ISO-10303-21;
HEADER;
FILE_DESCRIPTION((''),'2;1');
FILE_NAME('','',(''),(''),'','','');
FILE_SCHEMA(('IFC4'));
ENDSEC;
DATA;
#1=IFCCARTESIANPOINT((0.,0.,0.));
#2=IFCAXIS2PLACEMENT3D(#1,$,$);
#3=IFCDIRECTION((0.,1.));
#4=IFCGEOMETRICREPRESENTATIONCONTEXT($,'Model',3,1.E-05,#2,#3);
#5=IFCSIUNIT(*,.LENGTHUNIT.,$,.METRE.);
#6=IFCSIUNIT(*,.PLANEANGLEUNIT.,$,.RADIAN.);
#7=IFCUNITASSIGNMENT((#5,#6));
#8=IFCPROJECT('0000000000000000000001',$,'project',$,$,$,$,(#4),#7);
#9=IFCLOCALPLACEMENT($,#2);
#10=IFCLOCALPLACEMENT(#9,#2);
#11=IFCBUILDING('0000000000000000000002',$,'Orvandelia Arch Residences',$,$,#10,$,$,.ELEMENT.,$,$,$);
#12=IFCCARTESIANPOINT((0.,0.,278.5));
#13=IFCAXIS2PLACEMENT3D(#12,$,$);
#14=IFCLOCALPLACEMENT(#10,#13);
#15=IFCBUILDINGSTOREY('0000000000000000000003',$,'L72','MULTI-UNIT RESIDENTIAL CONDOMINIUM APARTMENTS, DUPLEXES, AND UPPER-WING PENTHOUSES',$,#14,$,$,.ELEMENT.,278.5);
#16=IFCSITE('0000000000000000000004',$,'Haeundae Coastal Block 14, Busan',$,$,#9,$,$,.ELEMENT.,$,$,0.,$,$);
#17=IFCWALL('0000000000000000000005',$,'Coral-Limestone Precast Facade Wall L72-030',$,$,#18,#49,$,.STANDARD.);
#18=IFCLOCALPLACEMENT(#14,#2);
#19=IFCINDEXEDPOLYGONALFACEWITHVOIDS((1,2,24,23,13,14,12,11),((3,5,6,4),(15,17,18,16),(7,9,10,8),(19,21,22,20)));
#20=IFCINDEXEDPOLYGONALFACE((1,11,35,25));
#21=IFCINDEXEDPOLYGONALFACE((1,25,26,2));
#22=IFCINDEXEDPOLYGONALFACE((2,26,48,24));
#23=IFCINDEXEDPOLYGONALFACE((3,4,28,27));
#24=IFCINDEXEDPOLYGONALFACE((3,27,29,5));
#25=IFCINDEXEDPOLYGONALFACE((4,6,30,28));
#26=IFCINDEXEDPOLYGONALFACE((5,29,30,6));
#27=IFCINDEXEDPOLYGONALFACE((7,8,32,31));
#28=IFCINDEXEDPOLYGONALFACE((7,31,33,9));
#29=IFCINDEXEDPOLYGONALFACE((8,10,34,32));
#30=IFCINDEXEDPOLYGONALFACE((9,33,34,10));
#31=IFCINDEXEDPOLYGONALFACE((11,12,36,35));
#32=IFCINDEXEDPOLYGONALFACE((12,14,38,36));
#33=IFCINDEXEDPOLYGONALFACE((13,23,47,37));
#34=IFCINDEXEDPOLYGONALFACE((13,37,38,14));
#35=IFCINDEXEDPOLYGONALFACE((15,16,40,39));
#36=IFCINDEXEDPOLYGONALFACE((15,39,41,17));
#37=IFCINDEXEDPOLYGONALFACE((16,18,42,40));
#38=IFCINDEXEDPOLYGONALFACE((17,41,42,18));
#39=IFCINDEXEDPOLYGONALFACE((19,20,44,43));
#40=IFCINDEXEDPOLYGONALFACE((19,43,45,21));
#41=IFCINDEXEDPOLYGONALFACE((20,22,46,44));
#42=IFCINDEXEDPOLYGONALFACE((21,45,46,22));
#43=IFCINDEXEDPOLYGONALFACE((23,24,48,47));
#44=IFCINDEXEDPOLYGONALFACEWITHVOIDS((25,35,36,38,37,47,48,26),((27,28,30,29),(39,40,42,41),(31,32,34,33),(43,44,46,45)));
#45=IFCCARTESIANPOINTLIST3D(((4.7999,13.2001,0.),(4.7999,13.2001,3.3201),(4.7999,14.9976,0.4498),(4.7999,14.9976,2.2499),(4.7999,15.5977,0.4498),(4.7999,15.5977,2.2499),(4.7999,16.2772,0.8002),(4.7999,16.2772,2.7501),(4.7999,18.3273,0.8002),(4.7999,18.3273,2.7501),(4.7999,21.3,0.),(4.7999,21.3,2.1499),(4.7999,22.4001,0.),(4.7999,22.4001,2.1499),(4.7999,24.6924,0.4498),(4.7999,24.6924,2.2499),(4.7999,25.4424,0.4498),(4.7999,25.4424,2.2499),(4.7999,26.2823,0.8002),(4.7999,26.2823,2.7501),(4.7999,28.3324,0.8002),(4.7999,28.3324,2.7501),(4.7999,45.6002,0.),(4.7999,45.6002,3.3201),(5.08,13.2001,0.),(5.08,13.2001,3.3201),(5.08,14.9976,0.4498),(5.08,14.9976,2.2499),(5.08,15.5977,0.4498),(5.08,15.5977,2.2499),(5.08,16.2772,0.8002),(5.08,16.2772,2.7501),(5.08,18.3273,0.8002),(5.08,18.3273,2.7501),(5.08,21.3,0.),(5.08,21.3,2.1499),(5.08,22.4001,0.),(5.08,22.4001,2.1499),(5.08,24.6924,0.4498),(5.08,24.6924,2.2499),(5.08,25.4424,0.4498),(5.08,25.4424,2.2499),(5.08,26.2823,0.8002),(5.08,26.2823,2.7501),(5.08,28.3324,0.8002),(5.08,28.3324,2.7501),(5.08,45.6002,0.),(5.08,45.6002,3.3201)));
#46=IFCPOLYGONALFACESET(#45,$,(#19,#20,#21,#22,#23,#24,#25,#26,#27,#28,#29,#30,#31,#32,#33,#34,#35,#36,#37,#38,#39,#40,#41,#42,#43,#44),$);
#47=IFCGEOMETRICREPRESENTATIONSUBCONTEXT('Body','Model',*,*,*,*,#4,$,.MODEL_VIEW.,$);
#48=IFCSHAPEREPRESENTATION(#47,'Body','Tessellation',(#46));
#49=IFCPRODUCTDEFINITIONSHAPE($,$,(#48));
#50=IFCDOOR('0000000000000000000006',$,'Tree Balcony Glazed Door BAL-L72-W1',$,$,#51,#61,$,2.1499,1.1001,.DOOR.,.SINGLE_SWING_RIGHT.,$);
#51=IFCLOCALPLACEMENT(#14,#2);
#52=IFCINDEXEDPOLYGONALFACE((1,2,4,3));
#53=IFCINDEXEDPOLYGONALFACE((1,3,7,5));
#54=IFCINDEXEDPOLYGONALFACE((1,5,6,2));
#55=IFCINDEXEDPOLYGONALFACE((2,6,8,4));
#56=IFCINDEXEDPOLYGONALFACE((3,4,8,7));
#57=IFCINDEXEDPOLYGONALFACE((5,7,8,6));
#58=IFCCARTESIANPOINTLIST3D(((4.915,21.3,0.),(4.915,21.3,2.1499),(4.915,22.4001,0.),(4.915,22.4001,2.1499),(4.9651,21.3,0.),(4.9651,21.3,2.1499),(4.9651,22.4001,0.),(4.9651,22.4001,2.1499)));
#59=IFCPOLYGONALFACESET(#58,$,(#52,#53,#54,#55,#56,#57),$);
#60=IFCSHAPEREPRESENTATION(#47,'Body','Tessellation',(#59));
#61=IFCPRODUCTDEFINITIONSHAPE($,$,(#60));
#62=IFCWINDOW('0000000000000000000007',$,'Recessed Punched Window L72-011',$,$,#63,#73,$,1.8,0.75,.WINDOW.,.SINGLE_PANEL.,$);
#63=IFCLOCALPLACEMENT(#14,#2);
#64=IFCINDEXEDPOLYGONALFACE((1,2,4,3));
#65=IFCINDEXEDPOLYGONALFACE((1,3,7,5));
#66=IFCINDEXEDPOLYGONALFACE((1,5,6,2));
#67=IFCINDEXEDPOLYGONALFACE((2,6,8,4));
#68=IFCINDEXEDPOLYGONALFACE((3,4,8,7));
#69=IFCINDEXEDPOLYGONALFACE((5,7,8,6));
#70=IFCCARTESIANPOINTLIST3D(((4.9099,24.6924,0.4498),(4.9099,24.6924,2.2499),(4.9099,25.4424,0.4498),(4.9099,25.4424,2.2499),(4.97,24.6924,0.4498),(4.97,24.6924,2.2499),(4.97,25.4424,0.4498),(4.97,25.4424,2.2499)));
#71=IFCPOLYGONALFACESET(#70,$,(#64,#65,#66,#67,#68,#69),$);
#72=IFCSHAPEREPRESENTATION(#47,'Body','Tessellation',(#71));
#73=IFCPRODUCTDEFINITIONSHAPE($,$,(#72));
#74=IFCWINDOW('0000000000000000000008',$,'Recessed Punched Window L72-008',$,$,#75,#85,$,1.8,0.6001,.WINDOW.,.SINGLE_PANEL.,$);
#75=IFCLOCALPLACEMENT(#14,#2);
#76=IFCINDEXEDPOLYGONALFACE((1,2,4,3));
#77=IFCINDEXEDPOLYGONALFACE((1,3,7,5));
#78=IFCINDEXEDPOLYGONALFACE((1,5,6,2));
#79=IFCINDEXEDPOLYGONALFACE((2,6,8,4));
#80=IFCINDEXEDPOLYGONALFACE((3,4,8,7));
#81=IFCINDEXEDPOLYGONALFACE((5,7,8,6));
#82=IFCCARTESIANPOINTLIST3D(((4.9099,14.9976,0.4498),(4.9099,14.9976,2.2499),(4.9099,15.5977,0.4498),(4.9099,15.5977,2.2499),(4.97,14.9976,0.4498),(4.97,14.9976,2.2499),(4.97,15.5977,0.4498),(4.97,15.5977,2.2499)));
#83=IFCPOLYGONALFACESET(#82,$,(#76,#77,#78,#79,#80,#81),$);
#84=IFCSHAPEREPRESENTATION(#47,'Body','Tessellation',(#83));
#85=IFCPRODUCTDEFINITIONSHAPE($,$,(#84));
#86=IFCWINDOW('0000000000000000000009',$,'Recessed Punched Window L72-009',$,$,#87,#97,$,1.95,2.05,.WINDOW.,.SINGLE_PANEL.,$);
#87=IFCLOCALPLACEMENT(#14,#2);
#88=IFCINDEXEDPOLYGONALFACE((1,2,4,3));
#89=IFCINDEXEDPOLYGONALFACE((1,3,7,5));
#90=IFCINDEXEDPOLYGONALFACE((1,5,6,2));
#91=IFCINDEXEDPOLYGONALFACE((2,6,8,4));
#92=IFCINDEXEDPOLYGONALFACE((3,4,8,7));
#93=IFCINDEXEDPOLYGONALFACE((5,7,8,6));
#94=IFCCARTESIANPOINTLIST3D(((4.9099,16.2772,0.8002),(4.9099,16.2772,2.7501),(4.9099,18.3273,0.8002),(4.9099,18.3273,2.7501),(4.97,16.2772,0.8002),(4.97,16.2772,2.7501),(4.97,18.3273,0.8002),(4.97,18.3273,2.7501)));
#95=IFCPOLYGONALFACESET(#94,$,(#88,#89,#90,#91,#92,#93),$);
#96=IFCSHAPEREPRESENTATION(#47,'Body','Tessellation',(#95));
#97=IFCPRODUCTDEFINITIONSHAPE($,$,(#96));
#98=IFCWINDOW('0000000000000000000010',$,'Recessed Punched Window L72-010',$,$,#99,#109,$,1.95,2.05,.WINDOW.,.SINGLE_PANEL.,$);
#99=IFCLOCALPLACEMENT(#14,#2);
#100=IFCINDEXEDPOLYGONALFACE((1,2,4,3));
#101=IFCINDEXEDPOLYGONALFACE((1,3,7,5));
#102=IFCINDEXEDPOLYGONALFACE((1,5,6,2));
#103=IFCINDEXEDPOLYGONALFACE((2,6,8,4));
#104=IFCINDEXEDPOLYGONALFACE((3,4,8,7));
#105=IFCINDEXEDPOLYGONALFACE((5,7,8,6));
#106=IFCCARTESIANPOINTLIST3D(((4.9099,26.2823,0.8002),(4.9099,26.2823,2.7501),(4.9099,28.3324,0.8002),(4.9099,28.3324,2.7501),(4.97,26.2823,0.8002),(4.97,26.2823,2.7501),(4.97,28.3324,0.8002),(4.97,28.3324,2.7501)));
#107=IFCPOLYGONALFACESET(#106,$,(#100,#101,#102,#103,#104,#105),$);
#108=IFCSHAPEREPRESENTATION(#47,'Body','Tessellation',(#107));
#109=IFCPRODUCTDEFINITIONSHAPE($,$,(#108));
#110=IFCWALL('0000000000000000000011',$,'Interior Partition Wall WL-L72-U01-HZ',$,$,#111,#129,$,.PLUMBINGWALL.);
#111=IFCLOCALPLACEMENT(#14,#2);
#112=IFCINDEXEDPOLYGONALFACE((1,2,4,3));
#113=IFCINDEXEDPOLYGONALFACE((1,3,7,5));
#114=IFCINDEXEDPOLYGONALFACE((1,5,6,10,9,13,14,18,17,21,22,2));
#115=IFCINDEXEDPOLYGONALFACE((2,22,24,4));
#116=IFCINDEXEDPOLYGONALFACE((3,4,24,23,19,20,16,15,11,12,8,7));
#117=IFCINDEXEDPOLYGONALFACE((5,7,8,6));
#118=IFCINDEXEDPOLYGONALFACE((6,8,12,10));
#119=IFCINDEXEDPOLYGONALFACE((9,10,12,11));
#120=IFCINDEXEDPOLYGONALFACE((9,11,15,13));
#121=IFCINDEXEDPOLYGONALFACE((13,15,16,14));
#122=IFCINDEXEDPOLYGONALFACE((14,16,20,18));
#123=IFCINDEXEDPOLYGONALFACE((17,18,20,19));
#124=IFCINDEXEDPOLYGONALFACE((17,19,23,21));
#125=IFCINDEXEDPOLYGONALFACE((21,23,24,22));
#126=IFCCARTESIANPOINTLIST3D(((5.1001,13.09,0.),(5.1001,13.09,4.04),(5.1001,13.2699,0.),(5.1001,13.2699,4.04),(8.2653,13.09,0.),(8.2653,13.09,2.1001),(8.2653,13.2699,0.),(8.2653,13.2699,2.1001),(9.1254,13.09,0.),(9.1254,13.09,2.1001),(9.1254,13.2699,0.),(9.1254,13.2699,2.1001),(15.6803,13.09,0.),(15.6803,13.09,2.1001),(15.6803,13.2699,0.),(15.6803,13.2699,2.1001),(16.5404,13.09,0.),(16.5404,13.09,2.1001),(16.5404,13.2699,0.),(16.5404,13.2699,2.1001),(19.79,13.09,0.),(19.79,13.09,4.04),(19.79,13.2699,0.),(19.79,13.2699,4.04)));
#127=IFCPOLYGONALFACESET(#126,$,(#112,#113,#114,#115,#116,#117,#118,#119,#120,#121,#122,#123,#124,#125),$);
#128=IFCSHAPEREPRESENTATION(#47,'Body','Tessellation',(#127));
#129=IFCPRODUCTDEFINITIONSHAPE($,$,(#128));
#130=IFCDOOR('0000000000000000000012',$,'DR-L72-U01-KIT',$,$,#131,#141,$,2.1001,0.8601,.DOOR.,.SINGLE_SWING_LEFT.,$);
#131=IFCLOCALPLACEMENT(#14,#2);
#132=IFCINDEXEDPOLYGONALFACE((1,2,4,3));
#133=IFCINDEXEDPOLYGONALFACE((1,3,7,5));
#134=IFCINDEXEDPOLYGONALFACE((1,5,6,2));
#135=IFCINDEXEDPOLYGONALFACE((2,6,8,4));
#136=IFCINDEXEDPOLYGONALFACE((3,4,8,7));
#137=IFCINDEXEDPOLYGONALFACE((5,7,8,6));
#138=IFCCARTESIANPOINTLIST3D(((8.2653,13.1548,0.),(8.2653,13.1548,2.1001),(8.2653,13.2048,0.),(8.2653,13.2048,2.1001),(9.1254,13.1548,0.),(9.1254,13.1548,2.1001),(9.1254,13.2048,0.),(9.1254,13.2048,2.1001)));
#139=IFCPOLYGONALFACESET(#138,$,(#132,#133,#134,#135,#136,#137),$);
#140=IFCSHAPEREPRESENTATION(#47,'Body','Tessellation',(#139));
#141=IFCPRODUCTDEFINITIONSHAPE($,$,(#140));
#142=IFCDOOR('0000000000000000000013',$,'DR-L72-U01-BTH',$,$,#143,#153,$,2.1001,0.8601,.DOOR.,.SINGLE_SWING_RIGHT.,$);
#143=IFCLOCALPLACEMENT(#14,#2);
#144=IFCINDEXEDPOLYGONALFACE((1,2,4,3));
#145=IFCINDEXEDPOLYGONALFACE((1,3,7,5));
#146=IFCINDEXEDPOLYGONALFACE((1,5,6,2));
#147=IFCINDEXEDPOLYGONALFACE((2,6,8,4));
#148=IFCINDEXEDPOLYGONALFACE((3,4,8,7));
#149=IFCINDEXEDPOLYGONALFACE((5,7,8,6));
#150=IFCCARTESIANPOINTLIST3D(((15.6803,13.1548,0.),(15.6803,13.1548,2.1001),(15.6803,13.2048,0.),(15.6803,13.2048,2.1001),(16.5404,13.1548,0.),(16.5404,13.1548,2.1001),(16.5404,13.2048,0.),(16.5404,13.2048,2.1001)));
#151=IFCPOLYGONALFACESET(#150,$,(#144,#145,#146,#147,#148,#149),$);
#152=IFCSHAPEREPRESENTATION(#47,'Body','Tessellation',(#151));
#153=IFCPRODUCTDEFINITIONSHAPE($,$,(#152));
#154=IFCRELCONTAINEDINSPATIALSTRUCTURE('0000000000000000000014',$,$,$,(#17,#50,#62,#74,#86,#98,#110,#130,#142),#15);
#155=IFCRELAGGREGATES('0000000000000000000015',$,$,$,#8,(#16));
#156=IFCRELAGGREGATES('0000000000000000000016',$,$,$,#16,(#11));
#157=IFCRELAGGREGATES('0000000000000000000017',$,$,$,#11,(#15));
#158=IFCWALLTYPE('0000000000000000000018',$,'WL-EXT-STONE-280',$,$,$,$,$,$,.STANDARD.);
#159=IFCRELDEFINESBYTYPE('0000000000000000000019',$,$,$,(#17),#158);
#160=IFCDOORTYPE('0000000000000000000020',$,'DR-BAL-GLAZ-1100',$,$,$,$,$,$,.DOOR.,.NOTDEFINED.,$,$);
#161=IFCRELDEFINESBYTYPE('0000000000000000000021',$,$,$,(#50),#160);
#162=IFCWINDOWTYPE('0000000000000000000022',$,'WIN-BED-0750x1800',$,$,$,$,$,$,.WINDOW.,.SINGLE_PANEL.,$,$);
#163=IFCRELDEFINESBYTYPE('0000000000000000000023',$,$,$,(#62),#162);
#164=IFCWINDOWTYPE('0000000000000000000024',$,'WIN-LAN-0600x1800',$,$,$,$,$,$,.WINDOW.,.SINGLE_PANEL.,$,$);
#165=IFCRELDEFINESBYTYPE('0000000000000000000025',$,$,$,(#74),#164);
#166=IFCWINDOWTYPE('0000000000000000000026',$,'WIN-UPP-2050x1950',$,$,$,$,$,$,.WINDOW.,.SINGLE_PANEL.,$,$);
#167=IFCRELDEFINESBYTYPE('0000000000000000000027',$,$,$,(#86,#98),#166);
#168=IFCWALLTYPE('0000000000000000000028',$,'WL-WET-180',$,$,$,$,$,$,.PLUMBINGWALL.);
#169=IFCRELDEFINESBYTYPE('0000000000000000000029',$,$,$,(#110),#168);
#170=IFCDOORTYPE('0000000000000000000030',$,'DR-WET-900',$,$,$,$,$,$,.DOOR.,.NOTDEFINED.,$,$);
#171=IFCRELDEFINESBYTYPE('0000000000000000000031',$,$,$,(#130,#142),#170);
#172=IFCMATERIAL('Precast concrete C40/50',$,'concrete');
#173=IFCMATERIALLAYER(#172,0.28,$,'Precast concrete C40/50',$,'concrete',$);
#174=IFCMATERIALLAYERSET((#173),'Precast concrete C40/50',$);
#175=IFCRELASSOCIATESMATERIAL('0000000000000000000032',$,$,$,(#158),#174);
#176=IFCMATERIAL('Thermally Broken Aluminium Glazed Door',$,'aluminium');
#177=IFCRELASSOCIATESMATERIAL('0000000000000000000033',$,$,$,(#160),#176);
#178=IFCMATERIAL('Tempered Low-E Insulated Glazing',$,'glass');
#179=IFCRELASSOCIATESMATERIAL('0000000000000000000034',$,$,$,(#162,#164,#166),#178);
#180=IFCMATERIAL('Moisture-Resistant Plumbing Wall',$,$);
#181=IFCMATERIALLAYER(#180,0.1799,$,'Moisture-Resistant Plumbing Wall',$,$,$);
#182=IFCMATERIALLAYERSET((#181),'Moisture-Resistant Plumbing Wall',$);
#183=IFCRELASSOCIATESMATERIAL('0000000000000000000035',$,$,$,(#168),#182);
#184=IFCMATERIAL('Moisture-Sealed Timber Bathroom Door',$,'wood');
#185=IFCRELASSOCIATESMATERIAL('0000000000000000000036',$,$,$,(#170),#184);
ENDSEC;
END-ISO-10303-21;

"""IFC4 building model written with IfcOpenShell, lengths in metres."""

from ifc_helpers import new_model, si_unit, direction, frame, frame_2d, origin, place, context, subcontext, project, spatial, rectangle, extrude, material, layer, layer_set, type_object, element, fill, save


model = new_model("IFC4")

# Units and contexts
model_context = context("Model", 3, precision=1e-05, world=origin(), true_north=direction((0.0, 1.0)))
body_context = subcontext(model_context, "Body", "Model", "MODEL_VIEW")
ifc_project = project(units=[si_unit("LENGTHUNIT", "METRE"), si_unit("PLANEANGLEUNIT", "RADIAN")], contexts=[model_context])

# Site, building, storey
site_placement = place(None, origin())
site = spatial("IfcSite", under=ifc_project, at=site_placement, Name="Haeundae Coastal Block 14, Busan", CompositionType="ELEMENT", RefElevation=0.0)
building_placement = place(site_placement, origin())
building = spatial("IfcBuilding", under=site, at=building_placement, Name="Orvandelia Arch Residences", CompositionType="ELEMENT")
storey_placement = place(building_placement, frame((0.0, 0.0, 278.5)))
storey = spatial("IfcBuildingStorey", under=building, at=storey_placement, Name="L72", Description="MULTI-UNIT RESIDENTIAL CONDOMINIUM APARTMENTS, DUPLEXES, AND UPPER-WING PENTHOUSES", CompositionType="ELEMENT", Elevation=278.5)

# Shared definitions
ifc_material_1 = material(Name="Precast concrete C40/50", Category="concrete")
ifc_layer_1 = layer(ifc_material_1, 0.28, Name="Precast concrete C40/50", Category="concrete")
ifc_layer_set_1 = layer_set([ifc_layer_1], Name="Precast concrete C40/50")
wall_type_1 = type_object("IfcWallType", Name="WL-EXT-STONE-280", PredefinedType="STANDARD", material=ifc_layer_set_1)

# Wall, openings, door, windows
wall_1_placement = place(storey_placement, frame((4.9399, 13.2, 0.0), z_axis=(0.0, 0.0, 1.0), x_axis=(0.0, 1.0, 0.0)))
wall_1 = element("IfcWall", 1, at=wall_1_placement, inside=storey, type_object=wall_type_1, Name="Coral-Limestone Precast Facade Wall L72-030", PredefinedType="STANDARD", context=body_context, shape_type="SweptSolid", body=[
    extrude(rectangle(XDim=32.4001, YDim=0.28, at=frame_2d((16.2002, 0.0))), origin(), (0.0, 0.0, 1.0), 3.3201),
])
opening_1_placement = place(wall_1_placement, frame((8.1001, 0.0, 0.0)))
opening_1 = element("IfcOpeningElement", 2, at=opening_1_placement, cuts=wall_1, PredefinedType="OPENING", context=body_context, shape_type="SweptSolid", body=[
    extrude(rectangle(XDim=1.1001, YDim=2.1499, at=frame_2d((0.55, 1.075))), frame((0.0, 0.1499, 0.0), z_axis=(0.0, -1.0, 0.0), x_axis=(1.0, 0.0, 0.0)), (0.0, 0.0, 1.0), 0.3),
])
opening_2_placement = place(wall_1_placement, frame((1.7976, 0.0, 0.45)))
opening_2 = element("IfcOpeningElement", 3, at=opening_2_placement, cuts=wall_1, PredefinedType="OPENING", context=body_context, shape_type="SweptSolid", body=[
    extrude(rectangle(XDim=0.6001, YDim=1.8, at=frame_2d((0.3, 0.8999))), frame((0.0, 0.1499, 0.0), z_axis=(0.0, -1.0, 0.0), x_axis=(1.0, 0.0, 0.0)), (0.0, 0.0, 1.0), 0.3),
])
opening_3_placement = place(wall_1_placement, frame((3.0774, 0.0, 0.8)))
opening_3 = element("IfcOpeningElement", 4, at=opening_3_placement, cuts=wall_1, PredefinedType="OPENING", context=body_context, shape_type="SweptSolid", body=[
    extrude(rectangle(XDim=2.05, YDim=1.95, at=frame_2d((1.0249, 0.9751))), frame((0.0, 0.1499, 0.0), z_axis=(0.0, -1.0, 0.0), x_axis=(1.0, 0.0, 0.0)), (0.0, 0.0, 1.0), 0.3),
])
opening_4_placement = place(wall_1_placement, frame((13.0825, 0.0, 0.8)))
opening_4 = element("IfcOpeningElement", 5, at=opening_4_placement, cuts=wall_1, PredefinedType="OPENING", context=body_context, shape_type="SweptSolid", body=[
    extrude(rectangle(XDim=2.05, YDim=1.95, at=frame_2d((1.0249, 0.9751))), frame((0.0, 0.1499, 0.0), z_axis=(0.0, -1.0, 0.0), x_axis=(1.0, 0.0, 0.0)), (0.0, 0.0, 1.0), 0.3),
])
opening_5_placement = place(wall_1_placement, frame((11.4924, 0.0, 0.45)))
opening_5 = element("IfcOpeningElement", 6, at=opening_5_placement, cuts=wall_1, PredefinedType="OPENING", context=body_context, shape_type="SweptSolid", body=[
    extrude(rectangle(XDim=0.75, YDim=1.8, at=frame_2d((0.375, 0.8999))), frame((0.0, 0.1499, 0.0), z_axis=(0.0, -1.0, 0.0), x_axis=(1.0, 0.0, 0.0)), (0.0, 0.0, 1.0), 0.3),
])
ifc_material_2 = material(Name="Thermally Broken Aluminium Glazed Door", Category="aluminium")
door_type_1 = type_object("IfcDoorType", Name="DR-BAL-GLAZ-1100", OperationType="NOTDEFINED", PredefinedType="DOOR", material=ifc_material_2)
door_1_placement = place(opening_1_placement, origin())
door_1 = element("IfcDoor", 7, at=door_1_placement, inside=storey, type_object=door_type_1, Name="Tree Balcony Glazed Door BAL-L72-W1", OperationType="SINGLE_SWING_RIGHT", OverallHeight=2.1499, OverallWidth=1.1001, PredefinedType="DOOR", context=body_context, shape_type="SweptSolid", body=[
    extrude(rectangle(XDim=1.1001, YDim=2.1499, at=frame_2d((0.55, 1.075))), frame((0.0, 0.0249, 0.0), z_axis=(0.0, -1.0, 0.0), x_axis=(1.0, 0.0, 0.0)), (0.0, 0.0, 1.0), 0.05),
])
fill(opening_1, door_1)
ifc_material_3 = material(Name="Tempered Low-E Insulated Glazing", Category="glass")
window_type_1 = type_object("IfcWindowType", Name="WIN-BED-0750x1800", PartitioningType="SINGLE_PANEL", PredefinedType="WINDOW", material=ifc_material_3)
window_1_placement = place(opening_5_placement, origin())
window_1 = element("IfcWindow", 8, at=window_1_placement, inside=storey, type_object=window_type_1, Name="Recessed Punched Window L72-011", OverallHeight=1.8, OverallWidth=0.75, PartitioningType="SINGLE_PANEL", PredefinedType="WINDOW", context=body_context, shape_type="SweptSolid", body=[
    extrude(rectangle(XDim=0.75, YDim=1.8, at=frame_2d((0.375, 0.8999))), frame((0.0, 0.03, 0.0), z_axis=(0.0, -1.0, 0.0), x_axis=(1.0, 0.0, 0.0)), (0.0, 0.0, 1.0), 0.0601),
])
fill(opening_5, window_1)
window_type_2 = type_object("IfcWindowType", Name="WIN-LAN-0600x1800", PartitioningType="SINGLE_PANEL", PredefinedType="WINDOW", material=ifc_material_3)
window_2_placement = place(opening_2_placement, origin())
window_2 = element("IfcWindow", 9, at=window_2_placement, inside=storey, type_object=window_type_2, Name="Recessed Punched Window L72-008", OverallHeight=1.8, OverallWidth=0.6001, PartitioningType="SINGLE_PANEL", PredefinedType="WINDOW", context=body_context, shape_type="SweptSolid", body=[
    extrude(rectangle(XDim=0.6001, YDim=1.8, at=frame_2d((0.3, 0.8999))), frame((0.0, 0.03, 0.0), z_axis=(0.0, -1.0, 0.0), x_axis=(1.0, 0.0, 0.0)), (0.0, 0.0, 1.0), 0.0601),
])
fill(opening_2, window_2)
window_type_3 = type_object("IfcWindowType", Name="WIN-UPP-2050x1950", PartitioningType="SINGLE_PANEL", PredefinedType="WINDOW", material=ifc_material_3)
window_3_placement = place(opening_3_placement, origin())
window_3 = element("IfcWindow", 10, at=window_3_placement, inside=storey, type_object=window_type_3, Name="Recessed Punched Window L72-009", OverallHeight=1.95, OverallWidth=2.05, PartitioningType="SINGLE_PANEL", PredefinedType="WINDOW", context=body_context, shape_type="SweptSolid", body=[
    extrude(rectangle(XDim=2.05, YDim=1.95, at=frame_2d((1.0249, 0.9751))), frame((0.0, 0.03, 0.0), z_axis=(0.0, -1.0, 0.0), x_axis=(1.0, 0.0, 0.0)), (0.0, 0.0, 1.0), 0.0601),
])
fill(opening_3, window_3)
window_4_placement = place(opening_4_placement, origin())
window_4 = element("IfcWindow", 11, at=window_4_placement, inside=storey, type_object=window_type_3, Name="Recessed Punched Window L72-010", OverallHeight=1.95, OverallWidth=2.05, PartitioningType="SINGLE_PANEL", PredefinedType="WINDOW", context=body_context, shape_type="SweptSolid", body=[
    extrude(rectangle(XDim=2.05, YDim=1.95, at=frame_2d((1.0249, 0.9751))), frame((0.0, 0.03, 0.0), z_axis=(0.0, -1.0, 0.0), x_axis=(1.0, 0.0, 0.0)), (0.0, 0.0, 1.0), 0.0601),
])
fill(opening_4, window_4)

# Wall, openings, doors
ifc_material_4 = material(Name="Moisture-Resistant Plumbing Wall")
ifc_layer_2 = layer(ifc_material_4, 0.1799, Name="Moisture-Resistant Plumbing Wall")
ifc_layer_set_2 = layer_set([ifc_layer_2], Name="Moisture-Resistant Plumbing Wall")
wall_type_2 = type_object("IfcWallType", Name="WL-WET-180", PredefinedType="PLUMBINGWALL", material=ifc_layer_set_2)
wall_2_placement = place(storey_placement, frame((5.1001, 13.1799, 0.0), z_axis=(0.0, 0.0, 1.0), x_axis=(1.0, 0.0, 0.0)))
wall_2 = element("IfcWall", 12, at=wall_2_placement, inside=storey, type_object=wall_type_2, Name="Interior Partition Wall WL-L72-U01-HZ", PredefinedType="PLUMBINGWALL", context=body_context, shape_type="SweptSolid", body=[
    extrude(rectangle(XDim=14.6899, YDim=0.1799, at=frame_2d((7.345, 0.0))), origin(), (0.0, 0.0, 1.0), 4.04),
])
opening_6_placement = place(wall_2_placement, frame((3.165, 0.0, 0.0)))
opening_6 = element("IfcOpeningElement", 13, at=opening_6_placement, cuts=wall_2, PredefinedType="OPENING", context=body_context, shape_type="SweptSolid", body=[
    extrude(rectangle(XDim=0.8601, YDim=2.1001, at=frame_2d((0.4302, 1.05))), frame((0.0, 0.1001, 0.0), z_axis=(0.0, -1.0, 0.0), x_axis=(1.0, 0.0, 0.0)), (0.0, 0.0, 1.0), 0.2),
])
opening_7_placement = place(wall_2_placement, frame((10.5801, 0.0, 0.0)))
opening_7 = element("IfcOpeningElement", 14, at=opening_7_placement, cuts=wall_2, PredefinedType="OPENING", context=body_context, shape_type="SweptSolid", body=[
    extrude(rectangle(XDim=0.8601, YDim=2.1001, at=frame_2d((0.4302, 1.05))), frame((0.0, 0.1001, 0.0), z_axis=(0.0, -1.0, 0.0), x_axis=(1.0, 0.0, 0.0)), (0.0, 0.0, 1.0), 0.2),
])
ifc_material_5 = material(Name="Moisture-Sealed Timber Bathroom Door", Category="wood")
door_type_2 = type_object("IfcDoorType", Name="DR-WET-900", OperationType="NOTDEFINED", PredefinedType="DOOR", material=ifc_material_5)
door_2_placement = place(opening_6_placement, origin())
door_2 = element("IfcDoor", 15, at=door_2_placement, inside=storey, type_object=door_type_2, Name="DR-L72-U01-KIT", OperationType="SINGLE_SWING_LEFT", OverallHeight=2.1001, OverallWidth=0.8601, PredefinedType="DOOR", context=body_context, shape_type="SweptSolid", body=[
    extrude(rectangle(XDim=0.8601, YDim=2.1001, at=frame_2d((0.4302, 1.05))), frame((0.0, 0.0249, 0.0), z_axis=(0.0, -1.0, 0.0), x_axis=(1.0, 0.0, 0.0)), (0.0, 0.0, 1.0), 0.05),
])
fill(opening_6, door_2)
door_3_placement = place(opening_7_placement, origin())
door_3 = element("IfcDoor", 16, at=door_3_placement, inside=storey, type_object=door_type_2, Name="DR-L72-U01-BTH", OperationType="SINGLE_SWING_RIGHT", OverallHeight=2.1001, OverallWidth=0.8601, PredefinedType="DOOR", context=body_context, shape_type="SweptSolid", body=[
    extrude(rectangle(XDim=0.8601, YDim=2.1001, at=frame_2d((0.4302, 1.05))), frame((0.0, 0.0249, 0.0), z_axis=(0.0, -1.0, 0.0), x_axis=(1.0, 0.0, 0.0)), (0.0, 0.0, 1.0), 0.05),
])
fill(opening_7, door_3)

save(model, "model.ifc")
